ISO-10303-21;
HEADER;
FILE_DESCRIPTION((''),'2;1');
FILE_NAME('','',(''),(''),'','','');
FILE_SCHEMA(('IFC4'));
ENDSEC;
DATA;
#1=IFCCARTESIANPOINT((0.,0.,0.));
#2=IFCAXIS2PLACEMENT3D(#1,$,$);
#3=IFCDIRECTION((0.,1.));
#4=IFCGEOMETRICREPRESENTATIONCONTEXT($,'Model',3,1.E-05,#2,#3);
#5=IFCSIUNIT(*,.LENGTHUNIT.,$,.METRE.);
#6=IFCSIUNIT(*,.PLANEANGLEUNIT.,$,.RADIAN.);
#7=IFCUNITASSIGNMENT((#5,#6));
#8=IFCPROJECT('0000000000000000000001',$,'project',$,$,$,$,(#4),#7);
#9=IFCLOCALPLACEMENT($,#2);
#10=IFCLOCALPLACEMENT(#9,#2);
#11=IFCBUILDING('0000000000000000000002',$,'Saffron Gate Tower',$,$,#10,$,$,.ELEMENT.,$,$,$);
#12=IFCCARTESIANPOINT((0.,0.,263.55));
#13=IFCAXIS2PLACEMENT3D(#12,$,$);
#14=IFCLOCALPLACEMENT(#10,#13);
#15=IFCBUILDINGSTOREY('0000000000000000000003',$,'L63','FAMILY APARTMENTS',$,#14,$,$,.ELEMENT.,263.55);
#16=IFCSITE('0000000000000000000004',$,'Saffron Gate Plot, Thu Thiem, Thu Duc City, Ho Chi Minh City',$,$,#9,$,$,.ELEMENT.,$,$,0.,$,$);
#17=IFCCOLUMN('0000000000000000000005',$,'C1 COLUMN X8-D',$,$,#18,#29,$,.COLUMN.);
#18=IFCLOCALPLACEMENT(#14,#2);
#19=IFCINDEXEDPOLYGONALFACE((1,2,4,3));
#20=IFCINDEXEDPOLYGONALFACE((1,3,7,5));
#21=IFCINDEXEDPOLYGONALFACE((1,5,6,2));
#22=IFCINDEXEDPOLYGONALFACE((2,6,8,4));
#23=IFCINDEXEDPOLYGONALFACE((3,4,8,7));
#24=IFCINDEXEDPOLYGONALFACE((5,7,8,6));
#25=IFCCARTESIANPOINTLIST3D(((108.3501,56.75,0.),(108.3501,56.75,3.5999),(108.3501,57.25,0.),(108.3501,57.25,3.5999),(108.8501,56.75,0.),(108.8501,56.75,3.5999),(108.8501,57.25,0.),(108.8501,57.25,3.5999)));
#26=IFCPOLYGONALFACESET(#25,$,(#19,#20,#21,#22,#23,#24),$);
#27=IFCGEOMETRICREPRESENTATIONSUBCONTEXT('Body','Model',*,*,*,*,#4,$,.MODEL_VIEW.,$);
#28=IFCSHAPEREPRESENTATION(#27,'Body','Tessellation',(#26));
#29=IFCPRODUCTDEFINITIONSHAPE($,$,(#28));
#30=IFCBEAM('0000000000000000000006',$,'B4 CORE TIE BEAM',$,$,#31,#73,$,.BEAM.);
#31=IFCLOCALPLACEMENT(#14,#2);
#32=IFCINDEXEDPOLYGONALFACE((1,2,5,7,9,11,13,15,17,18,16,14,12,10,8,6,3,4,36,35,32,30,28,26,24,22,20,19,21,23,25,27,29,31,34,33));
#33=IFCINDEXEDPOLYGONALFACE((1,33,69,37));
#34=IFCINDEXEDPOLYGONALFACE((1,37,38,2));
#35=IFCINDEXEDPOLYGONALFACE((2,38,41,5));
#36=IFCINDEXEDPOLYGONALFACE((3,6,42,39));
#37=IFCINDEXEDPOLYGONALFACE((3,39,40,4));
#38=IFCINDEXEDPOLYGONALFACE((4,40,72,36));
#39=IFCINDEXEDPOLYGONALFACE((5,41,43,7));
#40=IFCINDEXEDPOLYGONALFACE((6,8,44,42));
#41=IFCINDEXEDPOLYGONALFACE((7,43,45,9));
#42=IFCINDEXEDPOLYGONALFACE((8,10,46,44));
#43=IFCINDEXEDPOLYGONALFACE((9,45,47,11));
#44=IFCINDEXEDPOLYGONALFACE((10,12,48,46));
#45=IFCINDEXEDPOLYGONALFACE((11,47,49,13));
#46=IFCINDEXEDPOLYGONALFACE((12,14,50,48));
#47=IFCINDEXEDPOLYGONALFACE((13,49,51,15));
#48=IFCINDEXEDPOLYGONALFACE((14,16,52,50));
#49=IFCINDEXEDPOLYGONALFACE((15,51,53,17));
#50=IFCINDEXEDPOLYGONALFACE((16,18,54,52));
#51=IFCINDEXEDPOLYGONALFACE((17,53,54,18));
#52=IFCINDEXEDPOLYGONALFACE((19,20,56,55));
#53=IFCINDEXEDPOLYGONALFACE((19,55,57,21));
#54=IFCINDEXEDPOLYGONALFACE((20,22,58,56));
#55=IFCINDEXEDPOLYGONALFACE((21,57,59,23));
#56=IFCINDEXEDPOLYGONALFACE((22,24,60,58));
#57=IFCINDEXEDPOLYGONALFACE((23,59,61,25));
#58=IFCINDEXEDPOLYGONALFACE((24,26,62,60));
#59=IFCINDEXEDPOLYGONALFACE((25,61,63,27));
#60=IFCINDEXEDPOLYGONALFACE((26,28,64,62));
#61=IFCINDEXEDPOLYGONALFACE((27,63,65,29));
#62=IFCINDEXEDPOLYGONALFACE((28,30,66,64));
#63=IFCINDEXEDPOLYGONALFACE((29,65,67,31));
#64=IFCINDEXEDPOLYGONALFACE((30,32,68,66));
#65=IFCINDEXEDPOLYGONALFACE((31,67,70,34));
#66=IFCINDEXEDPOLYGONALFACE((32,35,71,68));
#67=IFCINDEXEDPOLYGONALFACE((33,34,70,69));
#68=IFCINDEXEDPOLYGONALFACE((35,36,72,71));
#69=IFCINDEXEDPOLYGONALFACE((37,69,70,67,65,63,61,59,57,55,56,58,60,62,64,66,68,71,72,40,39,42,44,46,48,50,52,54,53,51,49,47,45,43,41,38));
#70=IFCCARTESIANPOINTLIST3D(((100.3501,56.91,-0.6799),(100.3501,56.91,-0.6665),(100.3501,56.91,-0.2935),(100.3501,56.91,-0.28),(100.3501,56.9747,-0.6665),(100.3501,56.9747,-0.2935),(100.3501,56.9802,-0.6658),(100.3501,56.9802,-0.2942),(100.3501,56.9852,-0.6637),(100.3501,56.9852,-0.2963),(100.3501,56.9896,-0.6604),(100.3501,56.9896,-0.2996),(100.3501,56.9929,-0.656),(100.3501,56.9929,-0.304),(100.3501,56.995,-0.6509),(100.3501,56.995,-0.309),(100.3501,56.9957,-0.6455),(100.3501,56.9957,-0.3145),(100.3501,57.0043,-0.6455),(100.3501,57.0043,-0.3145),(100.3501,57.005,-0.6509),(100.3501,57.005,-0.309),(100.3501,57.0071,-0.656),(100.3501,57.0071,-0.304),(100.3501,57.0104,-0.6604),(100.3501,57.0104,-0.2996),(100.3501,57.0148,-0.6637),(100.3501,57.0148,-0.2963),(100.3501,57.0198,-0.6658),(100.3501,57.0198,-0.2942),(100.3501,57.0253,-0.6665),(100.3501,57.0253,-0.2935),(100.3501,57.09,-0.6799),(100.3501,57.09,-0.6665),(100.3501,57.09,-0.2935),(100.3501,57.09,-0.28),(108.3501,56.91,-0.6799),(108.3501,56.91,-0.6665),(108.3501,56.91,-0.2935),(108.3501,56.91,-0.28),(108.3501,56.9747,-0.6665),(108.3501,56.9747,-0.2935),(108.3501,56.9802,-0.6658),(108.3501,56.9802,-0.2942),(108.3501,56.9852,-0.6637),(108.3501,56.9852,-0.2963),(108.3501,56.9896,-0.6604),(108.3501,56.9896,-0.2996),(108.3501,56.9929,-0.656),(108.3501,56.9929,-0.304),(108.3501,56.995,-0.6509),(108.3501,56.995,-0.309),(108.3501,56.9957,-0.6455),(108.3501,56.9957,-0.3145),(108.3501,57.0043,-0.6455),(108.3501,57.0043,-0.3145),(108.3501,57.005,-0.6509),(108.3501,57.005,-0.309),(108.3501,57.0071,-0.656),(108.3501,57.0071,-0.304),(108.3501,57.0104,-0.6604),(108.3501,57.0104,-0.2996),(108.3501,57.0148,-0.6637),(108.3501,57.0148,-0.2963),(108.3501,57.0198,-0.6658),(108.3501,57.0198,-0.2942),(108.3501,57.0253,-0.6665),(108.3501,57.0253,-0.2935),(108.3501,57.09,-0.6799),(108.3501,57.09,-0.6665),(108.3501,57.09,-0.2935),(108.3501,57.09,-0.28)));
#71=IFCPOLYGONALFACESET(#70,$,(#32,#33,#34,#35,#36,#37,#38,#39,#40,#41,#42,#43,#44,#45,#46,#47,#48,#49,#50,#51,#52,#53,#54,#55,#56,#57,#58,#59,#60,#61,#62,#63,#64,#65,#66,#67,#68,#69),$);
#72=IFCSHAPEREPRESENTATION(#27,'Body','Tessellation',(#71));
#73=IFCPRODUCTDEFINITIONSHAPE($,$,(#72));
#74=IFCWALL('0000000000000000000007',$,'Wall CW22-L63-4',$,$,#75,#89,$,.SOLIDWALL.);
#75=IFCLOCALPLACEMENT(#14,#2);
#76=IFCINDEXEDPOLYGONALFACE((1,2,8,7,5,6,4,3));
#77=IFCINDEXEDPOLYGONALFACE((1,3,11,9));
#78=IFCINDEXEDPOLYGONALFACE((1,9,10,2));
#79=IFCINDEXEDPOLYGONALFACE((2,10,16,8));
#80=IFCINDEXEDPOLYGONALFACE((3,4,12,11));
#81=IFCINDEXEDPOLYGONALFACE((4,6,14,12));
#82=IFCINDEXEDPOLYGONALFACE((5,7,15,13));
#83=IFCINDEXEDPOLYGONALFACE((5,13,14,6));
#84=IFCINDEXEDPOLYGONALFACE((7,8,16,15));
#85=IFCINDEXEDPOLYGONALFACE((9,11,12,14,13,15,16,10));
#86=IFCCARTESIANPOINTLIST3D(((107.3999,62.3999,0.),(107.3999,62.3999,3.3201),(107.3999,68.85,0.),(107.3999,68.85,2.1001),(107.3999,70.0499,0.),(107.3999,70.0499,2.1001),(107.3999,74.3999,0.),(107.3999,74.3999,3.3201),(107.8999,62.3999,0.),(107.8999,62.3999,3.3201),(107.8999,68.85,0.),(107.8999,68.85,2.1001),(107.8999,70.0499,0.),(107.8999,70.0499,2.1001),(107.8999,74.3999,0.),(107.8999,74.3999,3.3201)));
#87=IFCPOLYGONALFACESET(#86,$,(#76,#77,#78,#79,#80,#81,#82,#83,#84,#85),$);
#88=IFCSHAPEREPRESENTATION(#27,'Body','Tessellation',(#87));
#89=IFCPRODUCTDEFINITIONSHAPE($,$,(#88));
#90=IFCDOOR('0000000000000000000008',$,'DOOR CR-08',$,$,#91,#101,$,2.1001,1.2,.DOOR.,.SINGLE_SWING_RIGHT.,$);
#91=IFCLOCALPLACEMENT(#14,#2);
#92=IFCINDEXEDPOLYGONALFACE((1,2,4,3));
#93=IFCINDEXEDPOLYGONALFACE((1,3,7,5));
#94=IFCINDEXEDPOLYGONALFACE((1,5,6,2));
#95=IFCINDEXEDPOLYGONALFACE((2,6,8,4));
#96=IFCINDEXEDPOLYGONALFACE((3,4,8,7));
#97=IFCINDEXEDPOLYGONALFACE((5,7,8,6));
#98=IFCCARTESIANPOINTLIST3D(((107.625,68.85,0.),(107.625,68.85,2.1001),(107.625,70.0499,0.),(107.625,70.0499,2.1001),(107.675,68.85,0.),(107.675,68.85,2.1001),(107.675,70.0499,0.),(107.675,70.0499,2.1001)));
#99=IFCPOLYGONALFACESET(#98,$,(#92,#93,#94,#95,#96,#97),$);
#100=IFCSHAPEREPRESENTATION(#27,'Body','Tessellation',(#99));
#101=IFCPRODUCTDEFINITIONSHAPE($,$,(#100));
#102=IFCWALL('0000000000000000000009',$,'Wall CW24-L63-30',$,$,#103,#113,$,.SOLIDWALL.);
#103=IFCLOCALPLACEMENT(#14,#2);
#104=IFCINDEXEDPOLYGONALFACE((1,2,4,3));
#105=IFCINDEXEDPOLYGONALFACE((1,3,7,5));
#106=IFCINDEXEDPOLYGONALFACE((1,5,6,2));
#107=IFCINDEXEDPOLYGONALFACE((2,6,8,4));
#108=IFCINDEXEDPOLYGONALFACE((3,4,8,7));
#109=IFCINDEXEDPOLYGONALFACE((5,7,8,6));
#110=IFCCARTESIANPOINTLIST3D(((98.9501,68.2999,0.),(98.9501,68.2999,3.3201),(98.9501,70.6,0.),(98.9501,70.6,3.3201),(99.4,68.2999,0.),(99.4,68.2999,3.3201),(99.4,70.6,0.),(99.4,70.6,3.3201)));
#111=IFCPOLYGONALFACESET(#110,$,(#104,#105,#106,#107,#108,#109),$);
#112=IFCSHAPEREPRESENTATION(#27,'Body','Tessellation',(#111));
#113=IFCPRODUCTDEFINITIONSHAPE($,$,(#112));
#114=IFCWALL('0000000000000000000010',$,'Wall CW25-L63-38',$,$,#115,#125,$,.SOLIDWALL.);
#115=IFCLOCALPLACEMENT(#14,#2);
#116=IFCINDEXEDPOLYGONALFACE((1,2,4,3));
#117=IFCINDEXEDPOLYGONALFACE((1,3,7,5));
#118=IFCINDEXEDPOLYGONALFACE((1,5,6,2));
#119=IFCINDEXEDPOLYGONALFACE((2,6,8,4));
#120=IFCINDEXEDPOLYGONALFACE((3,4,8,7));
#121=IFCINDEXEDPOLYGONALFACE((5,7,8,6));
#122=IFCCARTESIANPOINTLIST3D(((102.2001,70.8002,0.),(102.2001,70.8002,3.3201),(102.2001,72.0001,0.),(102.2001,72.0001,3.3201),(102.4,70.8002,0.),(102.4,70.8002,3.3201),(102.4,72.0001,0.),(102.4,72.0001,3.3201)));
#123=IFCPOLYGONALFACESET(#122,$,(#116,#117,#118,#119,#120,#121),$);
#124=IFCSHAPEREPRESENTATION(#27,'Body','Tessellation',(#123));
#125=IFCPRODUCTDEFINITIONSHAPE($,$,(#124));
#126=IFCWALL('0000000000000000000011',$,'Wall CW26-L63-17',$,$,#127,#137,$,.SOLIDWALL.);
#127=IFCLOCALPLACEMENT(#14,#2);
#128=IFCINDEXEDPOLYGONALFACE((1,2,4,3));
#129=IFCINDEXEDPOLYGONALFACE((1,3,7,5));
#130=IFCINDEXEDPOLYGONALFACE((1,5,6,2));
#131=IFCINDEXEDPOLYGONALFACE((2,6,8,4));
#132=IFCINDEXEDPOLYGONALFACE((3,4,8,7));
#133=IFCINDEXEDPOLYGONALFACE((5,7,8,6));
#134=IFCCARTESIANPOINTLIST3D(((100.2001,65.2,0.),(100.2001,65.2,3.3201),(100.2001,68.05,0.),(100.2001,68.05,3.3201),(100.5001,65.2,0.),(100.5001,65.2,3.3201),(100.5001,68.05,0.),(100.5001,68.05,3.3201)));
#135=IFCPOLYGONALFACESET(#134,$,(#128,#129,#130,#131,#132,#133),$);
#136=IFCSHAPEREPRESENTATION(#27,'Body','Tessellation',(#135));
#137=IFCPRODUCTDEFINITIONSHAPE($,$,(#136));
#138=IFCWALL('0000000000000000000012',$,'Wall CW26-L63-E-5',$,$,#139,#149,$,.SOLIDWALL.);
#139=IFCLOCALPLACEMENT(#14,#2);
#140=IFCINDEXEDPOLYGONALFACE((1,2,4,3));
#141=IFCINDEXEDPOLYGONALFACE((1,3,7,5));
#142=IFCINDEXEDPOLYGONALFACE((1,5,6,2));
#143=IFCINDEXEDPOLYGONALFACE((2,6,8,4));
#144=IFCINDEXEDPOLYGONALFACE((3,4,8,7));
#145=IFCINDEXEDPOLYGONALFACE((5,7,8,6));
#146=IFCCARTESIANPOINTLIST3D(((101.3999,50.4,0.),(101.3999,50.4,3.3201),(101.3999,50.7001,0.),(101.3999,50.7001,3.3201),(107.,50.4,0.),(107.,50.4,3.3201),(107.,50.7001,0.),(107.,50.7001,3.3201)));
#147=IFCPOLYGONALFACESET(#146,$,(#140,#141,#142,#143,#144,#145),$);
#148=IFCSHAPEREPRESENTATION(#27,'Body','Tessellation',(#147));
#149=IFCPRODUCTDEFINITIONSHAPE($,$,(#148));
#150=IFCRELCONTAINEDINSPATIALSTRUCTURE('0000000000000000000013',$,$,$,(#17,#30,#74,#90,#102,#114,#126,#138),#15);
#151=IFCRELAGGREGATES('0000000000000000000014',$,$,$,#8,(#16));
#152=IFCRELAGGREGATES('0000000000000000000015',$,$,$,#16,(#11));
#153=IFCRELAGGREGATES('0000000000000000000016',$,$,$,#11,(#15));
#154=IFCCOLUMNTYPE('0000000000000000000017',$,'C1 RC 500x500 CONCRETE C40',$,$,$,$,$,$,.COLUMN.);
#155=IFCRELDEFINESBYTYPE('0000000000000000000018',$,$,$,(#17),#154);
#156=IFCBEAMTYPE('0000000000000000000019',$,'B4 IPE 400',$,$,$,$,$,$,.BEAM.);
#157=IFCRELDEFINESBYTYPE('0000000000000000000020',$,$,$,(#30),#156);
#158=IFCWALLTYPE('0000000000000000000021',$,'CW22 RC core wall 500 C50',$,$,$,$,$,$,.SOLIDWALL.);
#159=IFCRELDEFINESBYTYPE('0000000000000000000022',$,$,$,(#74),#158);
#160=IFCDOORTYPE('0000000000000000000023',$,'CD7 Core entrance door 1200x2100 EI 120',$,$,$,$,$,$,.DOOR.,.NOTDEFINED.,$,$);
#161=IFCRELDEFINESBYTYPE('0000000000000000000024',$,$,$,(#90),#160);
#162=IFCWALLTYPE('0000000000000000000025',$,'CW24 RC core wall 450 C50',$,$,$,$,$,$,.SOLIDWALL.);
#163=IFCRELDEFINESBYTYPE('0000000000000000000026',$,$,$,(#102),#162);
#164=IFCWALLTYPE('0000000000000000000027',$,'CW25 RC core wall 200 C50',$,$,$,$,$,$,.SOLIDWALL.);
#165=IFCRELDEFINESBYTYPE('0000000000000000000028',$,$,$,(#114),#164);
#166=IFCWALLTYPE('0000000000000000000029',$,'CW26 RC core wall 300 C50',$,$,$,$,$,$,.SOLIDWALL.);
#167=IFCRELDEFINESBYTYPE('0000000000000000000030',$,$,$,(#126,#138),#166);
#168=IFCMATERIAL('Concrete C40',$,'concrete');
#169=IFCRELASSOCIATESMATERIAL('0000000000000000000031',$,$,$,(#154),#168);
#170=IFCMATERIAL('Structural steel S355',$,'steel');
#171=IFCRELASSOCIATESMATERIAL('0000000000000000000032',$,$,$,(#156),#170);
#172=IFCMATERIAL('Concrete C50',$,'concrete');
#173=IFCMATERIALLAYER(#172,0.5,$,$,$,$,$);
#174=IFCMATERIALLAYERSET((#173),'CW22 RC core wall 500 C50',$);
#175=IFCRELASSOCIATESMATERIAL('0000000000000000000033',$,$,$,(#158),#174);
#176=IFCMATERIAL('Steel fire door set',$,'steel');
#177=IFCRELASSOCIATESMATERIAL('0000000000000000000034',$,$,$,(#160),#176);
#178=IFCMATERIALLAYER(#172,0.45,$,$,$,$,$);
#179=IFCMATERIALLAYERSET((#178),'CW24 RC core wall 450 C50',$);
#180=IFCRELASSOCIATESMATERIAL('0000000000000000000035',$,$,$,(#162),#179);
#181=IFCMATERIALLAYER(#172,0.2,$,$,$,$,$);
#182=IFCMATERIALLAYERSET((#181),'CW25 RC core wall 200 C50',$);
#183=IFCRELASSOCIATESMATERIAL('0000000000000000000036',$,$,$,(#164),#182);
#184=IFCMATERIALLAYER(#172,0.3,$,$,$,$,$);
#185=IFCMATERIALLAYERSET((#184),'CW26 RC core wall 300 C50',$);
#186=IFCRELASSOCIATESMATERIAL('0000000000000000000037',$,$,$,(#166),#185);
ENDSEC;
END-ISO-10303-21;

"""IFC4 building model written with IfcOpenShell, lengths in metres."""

from ifc_helpers import new_model, si_unit, direction, frame, frame_2d, origin, origin_2d, place, context, subcontext, project, spatial, rectangle, i_section, extrude, material, layer, layer_set, material_profile, profile_set, type_object, element, fill, save


model = new_model("IFC4")

# Units and contexts
model_context = context("Model", 3, precision=1e-05, world=origin(), true_north=direction((0.0, 1.0)))
body_context = subcontext(model_context, "Body", "Model", "MODEL_VIEW")
ifc_project = project(units=[si_unit("LENGTHUNIT", "METRE"), si_unit("PLANEANGLEUNIT", "RADIAN")], contexts=[model_context])

# Site, building, storey
site_placement = place(None, origin())
site = spatial("IfcSite", under=ifc_project, at=site_placement, Name="Saffron Gate Plot, Thu Thiem, Thu Duc City, Ho Chi Minh City", CompositionType="ELEMENT", RefElevation=0.0)
building_placement = place(site_placement, origin())
building = spatial("IfcBuilding", under=site, at=building_placement, Name="Saffron Gate Tower", CompositionType="ELEMENT")
storey_placement = place(building_placement, frame((0.0, 0.0, 263.55)))
storey = spatial("IfcBuildingStorey", under=building, at=storey_placement, Name="L63", Description="FAMILY APARTMENTS", CompositionType="ELEMENT", Elevation=263.55)

# Column
ifc_material_1 = material(Name="Concrete C40", Category="concrete")
ifc_material_profile_1 = material_profile(ifc_material_1, rectangle(XDim=0.5, YDim=0.5, at=origin_2d()))
ifc_profile_set_1 = profile_set([ifc_material_profile_1], Name="Concrete C40")
column_type = type_object("IfcColumnType", Name="C1 RC 500x500 CONCRETE C40", PredefinedType="COLUMN", material=ifc_profile_set_1)
column_placement = place(storey_placement, frame((108.6001, 57.0, 0.0), z_axis=(0.0, 0.0, 1.0), x_axis=(1.0, 0.0, 0.0)))
element("IfcColumn", 1, at=column_placement, inside=storey, type_object=column_type, Name="C1 COLUMN X8-D", PredefinedType="COLUMN", context=body_context, shape_type="SweptSolid", body=[
    extrude(rectangle(XDim=0.5, YDim=0.5, at=origin_2d()), origin(), (0.0, 0.0, 1.0), 3.5999),
])

# Beam
ifc_material_2 = material(Name="Structural steel S355", Category="steel")
ifc_material_profile_2 = material_profile(ifc_material_2, i_section(OverallWidth=0.1799, OverallDepth=0.3999, WebThickness=0.0085, FlangeThickness=0.0134, FilletRadius=0.021, at=origin_2d()))
ifc_profile_set_2 = profile_set([ifc_material_profile_2], Name="Structural steel S355")
beam_type = type_object("IfcBeamType", Name="B4 IPE 400", PredefinedType="BEAM", material=ifc_profile_set_2)
beam_placement = place(storey_placement, frame((108.3501, 57.0, -0.48), z_axis=(-1.0, 0.0, 0.0), x_axis=(0.0, -1.0, 0.0)))
element("IfcBeam", 2, at=beam_placement, inside=storey, type_object=beam_type, Name="B4 CORE TIE BEAM", PredefinedType="BEAM", context=body_context, shape_type="SweptSolid", body=[
    extrude(i_section(OverallWidth=0.1799, OverallDepth=0.3999, WebThickness=0.0085, FlangeThickness=0.0134, FilletRadius=0.021, at=origin_2d()), origin(), (0.0, 0.0, 1.0), 8.0),
])

# Wall, opening, door
ifc_material_3 = material(Name="Concrete C50", Category="concrete")
ifc_layer_1 = layer(ifc_material_3, 0.5)
ifc_layer_set_1 = layer_set([ifc_layer_1], Name="CW22 RC core wall 500 C50")
wall_type_1 = type_object("IfcWallType", Name="CW22 RC core wall 500 C50", PredefinedType="SOLIDWALL", material=ifc_layer_set_1)
wall_1_placement = place(storey_placement, frame((107.6499, 62.3999, 0.0), z_axis=(0.0, 0.0, 1.0), x_axis=(0.0, 1.0, 0.0)))
wall_1 = element("IfcWall", 3, at=wall_1_placement, inside=storey, type_object=wall_type_1, Name="Wall CW22-L63-4", PredefinedType="SOLIDWALL", context=body_context, shape_type="SweptSolid", body=[
    extrude(rectangle(XDim=12.0, YDim=0.5, at=frame_2d((6.0, 0.0))), origin(), (0.0, 0.0, 1.0), 3.3201),
])
opening_1_placement = place(wall_1_placement, frame((6.45, 0.0, 0.0)))
opening_1 = element("IfcOpeningElement", 4, at=opening_1_placement, cuts=wall_1, PredefinedType="OPENING", context=body_context, shape_type="SweptSolid", body=[
    extrude(rectangle(XDim=1.2, YDim=2.1001, at=frame_2d((0.6001, 1.05))), frame((0.0, 0.26, 0.0), z_axis=(0.0, -1.0, 0.0), x_axis=(1.0, 0.0, 0.0)), (0.0, 0.0, 1.0), 0.52),
])
ifc_material_4 = material(Name="Steel fire door set", Category="steel")
door_type_1 = type_object("IfcDoorType", Name="CD7 Core entrance door 1200x2100 EI 120", OperationType="NOTDEFINED", PredefinedType="DOOR", material=ifc_material_4)
door_1_placement = place(opening_1_placement, origin())
door_1 = element("IfcDoor", 5, at=door_1_placement, inside=storey, type_object=door_type_1, Name="DOOR CR-08", OperationType="SINGLE_SWING_RIGHT", OverallHeight=2.1001, OverallWidth=1.2, PredefinedType="DOOR", context=body_context, shape_type="SweptSolid", body=[
    extrude(rectangle(XDim=1.2, YDim=2.1001, at=frame_2d((0.6001, 1.05))), frame((0.0, 0.0249, 0.0), z_axis=(0.0, -1.0, 0.0), x_axis=(1.0, 0.0, 0.0)), (0.0, 0.0, 1.0), 0.05),
])
fill(opening_1, door_1)

# Walls
ifc_layer_2 = layer(ifc_material_3, 0.45)
ifc_layer_set_2 = layer_set([ifc_layer_2], Name="CW24 RC core wall 450 C50")
wall_type_2 = type_object("IfcWallType", Name="CW24 RC core wall 450 C50", PredefinedType="SOLIDWALL", material=ifc_layer_set_2)
wall_2_placement = place(storey_placement, frame((99.175, 68.3, 0.0), z_axis=(0.0, 0.0, 1.0), x_axis=(0.0, 1.0, 0.0)))
element("IfcWall", 6, at=wall_2_placement, inside=storey, type_object=wall_type_2, Name="Wall CW24-L63-30", PredefinedType="SOLIDWALL", context=body_context, shape_type="SweptSolid", body=[
    extrude(rectangle(XDim=2.3, YDim=0.45, at=frame_2d((1.1499, 0.0))), origin(), (0.0, 0.0, 1.0), 3.3201),
])
ifc_layer_3 = layer(ifc_material_3, 0.2)
ifc_layer_set_3 = layer_set([ifc_layer_3], Name="CW25 RC core wall 200 C50")
wall_type_3 = type_object("IfcWallType", Name="CW25 RC core wall 200 C50", PredefinedType="SOLIDWALL", material=ifc_layer_set_3)
wall_3_placement = place(storey_placement, frame((102.3, 70.8, 0.0), z_axis=(0.0, 0.0, 1.0), x_axis=(0.0, 1.0, 0.0)))
element("IfcWall", 7, at=wall_3_placement, inside=storey, type_object=wall_type_3, Name="Wall CW25-L63-38", PredefinedType="SOLIDWALL", context=body_context, shape_type="SweptSolid", body=[
    extrude(rectangle(XDim=1.2, YDim=0.2, at=frame_2d((0.6001, 0.0))), origin(), (0.0, 0.0, 1.0), 3.3201),
])
ifc_layer_4 = layer(ifc_material_3, 0.3)
ifc_layer_set_4 = layer_set([ifc_layer_4], Name="CW26 RC core wall 300 C50")
wall_type_4 = type_object("IfcWallType", Name="CW26 RC core wall 300 C50", PredefinedType="SOLIDWALL", material=ifc_layer_set_4)
wall_4_placement = place(storey_placement, frame((100.3501, 65.2, 0.0), z_axis=(0.0, 0.0, 1.0), x_axis=(0.0, 1.0, 0.0)))
element("IfcWall", 8, at=wall_4_placement, inside=storey, type_object=wall_type_4, Name="Wall CW26-L63-17", PredefinedType="SOLIDWALL", context=body_context, shape_type="SweptSolid", body=[
    extrude(rectangle(XDim=2.8501, YDim=0.3, at=frame_2d((1.425, 0.0))), origin(), (0.0, 0.0, 1.0), 3.3201),
])
wall_5_placement = place(storey_placement, frame((101.3999, 50.55, 0.0), z_axis=(0.0, 0.0, 1.0), x_axis=(1.0, 0.0, 0.0)))
element("IfcWall", 9, at=wall_5_placement, inside=storey, type_object=wall_type_4, Name="Wall CW26-L63-E-5", PredefinedType="SOLIDWALL", context=body_context, shape_type="SweptSolid", body=[
    extrude(rectangle(XDim=5.6001, YDim=0.3, at=frame_2d((2.8, 0.0))), origin(), (0.0, 0.0, 1.0), 3.3201),
])

save(model, "model.ifc")
